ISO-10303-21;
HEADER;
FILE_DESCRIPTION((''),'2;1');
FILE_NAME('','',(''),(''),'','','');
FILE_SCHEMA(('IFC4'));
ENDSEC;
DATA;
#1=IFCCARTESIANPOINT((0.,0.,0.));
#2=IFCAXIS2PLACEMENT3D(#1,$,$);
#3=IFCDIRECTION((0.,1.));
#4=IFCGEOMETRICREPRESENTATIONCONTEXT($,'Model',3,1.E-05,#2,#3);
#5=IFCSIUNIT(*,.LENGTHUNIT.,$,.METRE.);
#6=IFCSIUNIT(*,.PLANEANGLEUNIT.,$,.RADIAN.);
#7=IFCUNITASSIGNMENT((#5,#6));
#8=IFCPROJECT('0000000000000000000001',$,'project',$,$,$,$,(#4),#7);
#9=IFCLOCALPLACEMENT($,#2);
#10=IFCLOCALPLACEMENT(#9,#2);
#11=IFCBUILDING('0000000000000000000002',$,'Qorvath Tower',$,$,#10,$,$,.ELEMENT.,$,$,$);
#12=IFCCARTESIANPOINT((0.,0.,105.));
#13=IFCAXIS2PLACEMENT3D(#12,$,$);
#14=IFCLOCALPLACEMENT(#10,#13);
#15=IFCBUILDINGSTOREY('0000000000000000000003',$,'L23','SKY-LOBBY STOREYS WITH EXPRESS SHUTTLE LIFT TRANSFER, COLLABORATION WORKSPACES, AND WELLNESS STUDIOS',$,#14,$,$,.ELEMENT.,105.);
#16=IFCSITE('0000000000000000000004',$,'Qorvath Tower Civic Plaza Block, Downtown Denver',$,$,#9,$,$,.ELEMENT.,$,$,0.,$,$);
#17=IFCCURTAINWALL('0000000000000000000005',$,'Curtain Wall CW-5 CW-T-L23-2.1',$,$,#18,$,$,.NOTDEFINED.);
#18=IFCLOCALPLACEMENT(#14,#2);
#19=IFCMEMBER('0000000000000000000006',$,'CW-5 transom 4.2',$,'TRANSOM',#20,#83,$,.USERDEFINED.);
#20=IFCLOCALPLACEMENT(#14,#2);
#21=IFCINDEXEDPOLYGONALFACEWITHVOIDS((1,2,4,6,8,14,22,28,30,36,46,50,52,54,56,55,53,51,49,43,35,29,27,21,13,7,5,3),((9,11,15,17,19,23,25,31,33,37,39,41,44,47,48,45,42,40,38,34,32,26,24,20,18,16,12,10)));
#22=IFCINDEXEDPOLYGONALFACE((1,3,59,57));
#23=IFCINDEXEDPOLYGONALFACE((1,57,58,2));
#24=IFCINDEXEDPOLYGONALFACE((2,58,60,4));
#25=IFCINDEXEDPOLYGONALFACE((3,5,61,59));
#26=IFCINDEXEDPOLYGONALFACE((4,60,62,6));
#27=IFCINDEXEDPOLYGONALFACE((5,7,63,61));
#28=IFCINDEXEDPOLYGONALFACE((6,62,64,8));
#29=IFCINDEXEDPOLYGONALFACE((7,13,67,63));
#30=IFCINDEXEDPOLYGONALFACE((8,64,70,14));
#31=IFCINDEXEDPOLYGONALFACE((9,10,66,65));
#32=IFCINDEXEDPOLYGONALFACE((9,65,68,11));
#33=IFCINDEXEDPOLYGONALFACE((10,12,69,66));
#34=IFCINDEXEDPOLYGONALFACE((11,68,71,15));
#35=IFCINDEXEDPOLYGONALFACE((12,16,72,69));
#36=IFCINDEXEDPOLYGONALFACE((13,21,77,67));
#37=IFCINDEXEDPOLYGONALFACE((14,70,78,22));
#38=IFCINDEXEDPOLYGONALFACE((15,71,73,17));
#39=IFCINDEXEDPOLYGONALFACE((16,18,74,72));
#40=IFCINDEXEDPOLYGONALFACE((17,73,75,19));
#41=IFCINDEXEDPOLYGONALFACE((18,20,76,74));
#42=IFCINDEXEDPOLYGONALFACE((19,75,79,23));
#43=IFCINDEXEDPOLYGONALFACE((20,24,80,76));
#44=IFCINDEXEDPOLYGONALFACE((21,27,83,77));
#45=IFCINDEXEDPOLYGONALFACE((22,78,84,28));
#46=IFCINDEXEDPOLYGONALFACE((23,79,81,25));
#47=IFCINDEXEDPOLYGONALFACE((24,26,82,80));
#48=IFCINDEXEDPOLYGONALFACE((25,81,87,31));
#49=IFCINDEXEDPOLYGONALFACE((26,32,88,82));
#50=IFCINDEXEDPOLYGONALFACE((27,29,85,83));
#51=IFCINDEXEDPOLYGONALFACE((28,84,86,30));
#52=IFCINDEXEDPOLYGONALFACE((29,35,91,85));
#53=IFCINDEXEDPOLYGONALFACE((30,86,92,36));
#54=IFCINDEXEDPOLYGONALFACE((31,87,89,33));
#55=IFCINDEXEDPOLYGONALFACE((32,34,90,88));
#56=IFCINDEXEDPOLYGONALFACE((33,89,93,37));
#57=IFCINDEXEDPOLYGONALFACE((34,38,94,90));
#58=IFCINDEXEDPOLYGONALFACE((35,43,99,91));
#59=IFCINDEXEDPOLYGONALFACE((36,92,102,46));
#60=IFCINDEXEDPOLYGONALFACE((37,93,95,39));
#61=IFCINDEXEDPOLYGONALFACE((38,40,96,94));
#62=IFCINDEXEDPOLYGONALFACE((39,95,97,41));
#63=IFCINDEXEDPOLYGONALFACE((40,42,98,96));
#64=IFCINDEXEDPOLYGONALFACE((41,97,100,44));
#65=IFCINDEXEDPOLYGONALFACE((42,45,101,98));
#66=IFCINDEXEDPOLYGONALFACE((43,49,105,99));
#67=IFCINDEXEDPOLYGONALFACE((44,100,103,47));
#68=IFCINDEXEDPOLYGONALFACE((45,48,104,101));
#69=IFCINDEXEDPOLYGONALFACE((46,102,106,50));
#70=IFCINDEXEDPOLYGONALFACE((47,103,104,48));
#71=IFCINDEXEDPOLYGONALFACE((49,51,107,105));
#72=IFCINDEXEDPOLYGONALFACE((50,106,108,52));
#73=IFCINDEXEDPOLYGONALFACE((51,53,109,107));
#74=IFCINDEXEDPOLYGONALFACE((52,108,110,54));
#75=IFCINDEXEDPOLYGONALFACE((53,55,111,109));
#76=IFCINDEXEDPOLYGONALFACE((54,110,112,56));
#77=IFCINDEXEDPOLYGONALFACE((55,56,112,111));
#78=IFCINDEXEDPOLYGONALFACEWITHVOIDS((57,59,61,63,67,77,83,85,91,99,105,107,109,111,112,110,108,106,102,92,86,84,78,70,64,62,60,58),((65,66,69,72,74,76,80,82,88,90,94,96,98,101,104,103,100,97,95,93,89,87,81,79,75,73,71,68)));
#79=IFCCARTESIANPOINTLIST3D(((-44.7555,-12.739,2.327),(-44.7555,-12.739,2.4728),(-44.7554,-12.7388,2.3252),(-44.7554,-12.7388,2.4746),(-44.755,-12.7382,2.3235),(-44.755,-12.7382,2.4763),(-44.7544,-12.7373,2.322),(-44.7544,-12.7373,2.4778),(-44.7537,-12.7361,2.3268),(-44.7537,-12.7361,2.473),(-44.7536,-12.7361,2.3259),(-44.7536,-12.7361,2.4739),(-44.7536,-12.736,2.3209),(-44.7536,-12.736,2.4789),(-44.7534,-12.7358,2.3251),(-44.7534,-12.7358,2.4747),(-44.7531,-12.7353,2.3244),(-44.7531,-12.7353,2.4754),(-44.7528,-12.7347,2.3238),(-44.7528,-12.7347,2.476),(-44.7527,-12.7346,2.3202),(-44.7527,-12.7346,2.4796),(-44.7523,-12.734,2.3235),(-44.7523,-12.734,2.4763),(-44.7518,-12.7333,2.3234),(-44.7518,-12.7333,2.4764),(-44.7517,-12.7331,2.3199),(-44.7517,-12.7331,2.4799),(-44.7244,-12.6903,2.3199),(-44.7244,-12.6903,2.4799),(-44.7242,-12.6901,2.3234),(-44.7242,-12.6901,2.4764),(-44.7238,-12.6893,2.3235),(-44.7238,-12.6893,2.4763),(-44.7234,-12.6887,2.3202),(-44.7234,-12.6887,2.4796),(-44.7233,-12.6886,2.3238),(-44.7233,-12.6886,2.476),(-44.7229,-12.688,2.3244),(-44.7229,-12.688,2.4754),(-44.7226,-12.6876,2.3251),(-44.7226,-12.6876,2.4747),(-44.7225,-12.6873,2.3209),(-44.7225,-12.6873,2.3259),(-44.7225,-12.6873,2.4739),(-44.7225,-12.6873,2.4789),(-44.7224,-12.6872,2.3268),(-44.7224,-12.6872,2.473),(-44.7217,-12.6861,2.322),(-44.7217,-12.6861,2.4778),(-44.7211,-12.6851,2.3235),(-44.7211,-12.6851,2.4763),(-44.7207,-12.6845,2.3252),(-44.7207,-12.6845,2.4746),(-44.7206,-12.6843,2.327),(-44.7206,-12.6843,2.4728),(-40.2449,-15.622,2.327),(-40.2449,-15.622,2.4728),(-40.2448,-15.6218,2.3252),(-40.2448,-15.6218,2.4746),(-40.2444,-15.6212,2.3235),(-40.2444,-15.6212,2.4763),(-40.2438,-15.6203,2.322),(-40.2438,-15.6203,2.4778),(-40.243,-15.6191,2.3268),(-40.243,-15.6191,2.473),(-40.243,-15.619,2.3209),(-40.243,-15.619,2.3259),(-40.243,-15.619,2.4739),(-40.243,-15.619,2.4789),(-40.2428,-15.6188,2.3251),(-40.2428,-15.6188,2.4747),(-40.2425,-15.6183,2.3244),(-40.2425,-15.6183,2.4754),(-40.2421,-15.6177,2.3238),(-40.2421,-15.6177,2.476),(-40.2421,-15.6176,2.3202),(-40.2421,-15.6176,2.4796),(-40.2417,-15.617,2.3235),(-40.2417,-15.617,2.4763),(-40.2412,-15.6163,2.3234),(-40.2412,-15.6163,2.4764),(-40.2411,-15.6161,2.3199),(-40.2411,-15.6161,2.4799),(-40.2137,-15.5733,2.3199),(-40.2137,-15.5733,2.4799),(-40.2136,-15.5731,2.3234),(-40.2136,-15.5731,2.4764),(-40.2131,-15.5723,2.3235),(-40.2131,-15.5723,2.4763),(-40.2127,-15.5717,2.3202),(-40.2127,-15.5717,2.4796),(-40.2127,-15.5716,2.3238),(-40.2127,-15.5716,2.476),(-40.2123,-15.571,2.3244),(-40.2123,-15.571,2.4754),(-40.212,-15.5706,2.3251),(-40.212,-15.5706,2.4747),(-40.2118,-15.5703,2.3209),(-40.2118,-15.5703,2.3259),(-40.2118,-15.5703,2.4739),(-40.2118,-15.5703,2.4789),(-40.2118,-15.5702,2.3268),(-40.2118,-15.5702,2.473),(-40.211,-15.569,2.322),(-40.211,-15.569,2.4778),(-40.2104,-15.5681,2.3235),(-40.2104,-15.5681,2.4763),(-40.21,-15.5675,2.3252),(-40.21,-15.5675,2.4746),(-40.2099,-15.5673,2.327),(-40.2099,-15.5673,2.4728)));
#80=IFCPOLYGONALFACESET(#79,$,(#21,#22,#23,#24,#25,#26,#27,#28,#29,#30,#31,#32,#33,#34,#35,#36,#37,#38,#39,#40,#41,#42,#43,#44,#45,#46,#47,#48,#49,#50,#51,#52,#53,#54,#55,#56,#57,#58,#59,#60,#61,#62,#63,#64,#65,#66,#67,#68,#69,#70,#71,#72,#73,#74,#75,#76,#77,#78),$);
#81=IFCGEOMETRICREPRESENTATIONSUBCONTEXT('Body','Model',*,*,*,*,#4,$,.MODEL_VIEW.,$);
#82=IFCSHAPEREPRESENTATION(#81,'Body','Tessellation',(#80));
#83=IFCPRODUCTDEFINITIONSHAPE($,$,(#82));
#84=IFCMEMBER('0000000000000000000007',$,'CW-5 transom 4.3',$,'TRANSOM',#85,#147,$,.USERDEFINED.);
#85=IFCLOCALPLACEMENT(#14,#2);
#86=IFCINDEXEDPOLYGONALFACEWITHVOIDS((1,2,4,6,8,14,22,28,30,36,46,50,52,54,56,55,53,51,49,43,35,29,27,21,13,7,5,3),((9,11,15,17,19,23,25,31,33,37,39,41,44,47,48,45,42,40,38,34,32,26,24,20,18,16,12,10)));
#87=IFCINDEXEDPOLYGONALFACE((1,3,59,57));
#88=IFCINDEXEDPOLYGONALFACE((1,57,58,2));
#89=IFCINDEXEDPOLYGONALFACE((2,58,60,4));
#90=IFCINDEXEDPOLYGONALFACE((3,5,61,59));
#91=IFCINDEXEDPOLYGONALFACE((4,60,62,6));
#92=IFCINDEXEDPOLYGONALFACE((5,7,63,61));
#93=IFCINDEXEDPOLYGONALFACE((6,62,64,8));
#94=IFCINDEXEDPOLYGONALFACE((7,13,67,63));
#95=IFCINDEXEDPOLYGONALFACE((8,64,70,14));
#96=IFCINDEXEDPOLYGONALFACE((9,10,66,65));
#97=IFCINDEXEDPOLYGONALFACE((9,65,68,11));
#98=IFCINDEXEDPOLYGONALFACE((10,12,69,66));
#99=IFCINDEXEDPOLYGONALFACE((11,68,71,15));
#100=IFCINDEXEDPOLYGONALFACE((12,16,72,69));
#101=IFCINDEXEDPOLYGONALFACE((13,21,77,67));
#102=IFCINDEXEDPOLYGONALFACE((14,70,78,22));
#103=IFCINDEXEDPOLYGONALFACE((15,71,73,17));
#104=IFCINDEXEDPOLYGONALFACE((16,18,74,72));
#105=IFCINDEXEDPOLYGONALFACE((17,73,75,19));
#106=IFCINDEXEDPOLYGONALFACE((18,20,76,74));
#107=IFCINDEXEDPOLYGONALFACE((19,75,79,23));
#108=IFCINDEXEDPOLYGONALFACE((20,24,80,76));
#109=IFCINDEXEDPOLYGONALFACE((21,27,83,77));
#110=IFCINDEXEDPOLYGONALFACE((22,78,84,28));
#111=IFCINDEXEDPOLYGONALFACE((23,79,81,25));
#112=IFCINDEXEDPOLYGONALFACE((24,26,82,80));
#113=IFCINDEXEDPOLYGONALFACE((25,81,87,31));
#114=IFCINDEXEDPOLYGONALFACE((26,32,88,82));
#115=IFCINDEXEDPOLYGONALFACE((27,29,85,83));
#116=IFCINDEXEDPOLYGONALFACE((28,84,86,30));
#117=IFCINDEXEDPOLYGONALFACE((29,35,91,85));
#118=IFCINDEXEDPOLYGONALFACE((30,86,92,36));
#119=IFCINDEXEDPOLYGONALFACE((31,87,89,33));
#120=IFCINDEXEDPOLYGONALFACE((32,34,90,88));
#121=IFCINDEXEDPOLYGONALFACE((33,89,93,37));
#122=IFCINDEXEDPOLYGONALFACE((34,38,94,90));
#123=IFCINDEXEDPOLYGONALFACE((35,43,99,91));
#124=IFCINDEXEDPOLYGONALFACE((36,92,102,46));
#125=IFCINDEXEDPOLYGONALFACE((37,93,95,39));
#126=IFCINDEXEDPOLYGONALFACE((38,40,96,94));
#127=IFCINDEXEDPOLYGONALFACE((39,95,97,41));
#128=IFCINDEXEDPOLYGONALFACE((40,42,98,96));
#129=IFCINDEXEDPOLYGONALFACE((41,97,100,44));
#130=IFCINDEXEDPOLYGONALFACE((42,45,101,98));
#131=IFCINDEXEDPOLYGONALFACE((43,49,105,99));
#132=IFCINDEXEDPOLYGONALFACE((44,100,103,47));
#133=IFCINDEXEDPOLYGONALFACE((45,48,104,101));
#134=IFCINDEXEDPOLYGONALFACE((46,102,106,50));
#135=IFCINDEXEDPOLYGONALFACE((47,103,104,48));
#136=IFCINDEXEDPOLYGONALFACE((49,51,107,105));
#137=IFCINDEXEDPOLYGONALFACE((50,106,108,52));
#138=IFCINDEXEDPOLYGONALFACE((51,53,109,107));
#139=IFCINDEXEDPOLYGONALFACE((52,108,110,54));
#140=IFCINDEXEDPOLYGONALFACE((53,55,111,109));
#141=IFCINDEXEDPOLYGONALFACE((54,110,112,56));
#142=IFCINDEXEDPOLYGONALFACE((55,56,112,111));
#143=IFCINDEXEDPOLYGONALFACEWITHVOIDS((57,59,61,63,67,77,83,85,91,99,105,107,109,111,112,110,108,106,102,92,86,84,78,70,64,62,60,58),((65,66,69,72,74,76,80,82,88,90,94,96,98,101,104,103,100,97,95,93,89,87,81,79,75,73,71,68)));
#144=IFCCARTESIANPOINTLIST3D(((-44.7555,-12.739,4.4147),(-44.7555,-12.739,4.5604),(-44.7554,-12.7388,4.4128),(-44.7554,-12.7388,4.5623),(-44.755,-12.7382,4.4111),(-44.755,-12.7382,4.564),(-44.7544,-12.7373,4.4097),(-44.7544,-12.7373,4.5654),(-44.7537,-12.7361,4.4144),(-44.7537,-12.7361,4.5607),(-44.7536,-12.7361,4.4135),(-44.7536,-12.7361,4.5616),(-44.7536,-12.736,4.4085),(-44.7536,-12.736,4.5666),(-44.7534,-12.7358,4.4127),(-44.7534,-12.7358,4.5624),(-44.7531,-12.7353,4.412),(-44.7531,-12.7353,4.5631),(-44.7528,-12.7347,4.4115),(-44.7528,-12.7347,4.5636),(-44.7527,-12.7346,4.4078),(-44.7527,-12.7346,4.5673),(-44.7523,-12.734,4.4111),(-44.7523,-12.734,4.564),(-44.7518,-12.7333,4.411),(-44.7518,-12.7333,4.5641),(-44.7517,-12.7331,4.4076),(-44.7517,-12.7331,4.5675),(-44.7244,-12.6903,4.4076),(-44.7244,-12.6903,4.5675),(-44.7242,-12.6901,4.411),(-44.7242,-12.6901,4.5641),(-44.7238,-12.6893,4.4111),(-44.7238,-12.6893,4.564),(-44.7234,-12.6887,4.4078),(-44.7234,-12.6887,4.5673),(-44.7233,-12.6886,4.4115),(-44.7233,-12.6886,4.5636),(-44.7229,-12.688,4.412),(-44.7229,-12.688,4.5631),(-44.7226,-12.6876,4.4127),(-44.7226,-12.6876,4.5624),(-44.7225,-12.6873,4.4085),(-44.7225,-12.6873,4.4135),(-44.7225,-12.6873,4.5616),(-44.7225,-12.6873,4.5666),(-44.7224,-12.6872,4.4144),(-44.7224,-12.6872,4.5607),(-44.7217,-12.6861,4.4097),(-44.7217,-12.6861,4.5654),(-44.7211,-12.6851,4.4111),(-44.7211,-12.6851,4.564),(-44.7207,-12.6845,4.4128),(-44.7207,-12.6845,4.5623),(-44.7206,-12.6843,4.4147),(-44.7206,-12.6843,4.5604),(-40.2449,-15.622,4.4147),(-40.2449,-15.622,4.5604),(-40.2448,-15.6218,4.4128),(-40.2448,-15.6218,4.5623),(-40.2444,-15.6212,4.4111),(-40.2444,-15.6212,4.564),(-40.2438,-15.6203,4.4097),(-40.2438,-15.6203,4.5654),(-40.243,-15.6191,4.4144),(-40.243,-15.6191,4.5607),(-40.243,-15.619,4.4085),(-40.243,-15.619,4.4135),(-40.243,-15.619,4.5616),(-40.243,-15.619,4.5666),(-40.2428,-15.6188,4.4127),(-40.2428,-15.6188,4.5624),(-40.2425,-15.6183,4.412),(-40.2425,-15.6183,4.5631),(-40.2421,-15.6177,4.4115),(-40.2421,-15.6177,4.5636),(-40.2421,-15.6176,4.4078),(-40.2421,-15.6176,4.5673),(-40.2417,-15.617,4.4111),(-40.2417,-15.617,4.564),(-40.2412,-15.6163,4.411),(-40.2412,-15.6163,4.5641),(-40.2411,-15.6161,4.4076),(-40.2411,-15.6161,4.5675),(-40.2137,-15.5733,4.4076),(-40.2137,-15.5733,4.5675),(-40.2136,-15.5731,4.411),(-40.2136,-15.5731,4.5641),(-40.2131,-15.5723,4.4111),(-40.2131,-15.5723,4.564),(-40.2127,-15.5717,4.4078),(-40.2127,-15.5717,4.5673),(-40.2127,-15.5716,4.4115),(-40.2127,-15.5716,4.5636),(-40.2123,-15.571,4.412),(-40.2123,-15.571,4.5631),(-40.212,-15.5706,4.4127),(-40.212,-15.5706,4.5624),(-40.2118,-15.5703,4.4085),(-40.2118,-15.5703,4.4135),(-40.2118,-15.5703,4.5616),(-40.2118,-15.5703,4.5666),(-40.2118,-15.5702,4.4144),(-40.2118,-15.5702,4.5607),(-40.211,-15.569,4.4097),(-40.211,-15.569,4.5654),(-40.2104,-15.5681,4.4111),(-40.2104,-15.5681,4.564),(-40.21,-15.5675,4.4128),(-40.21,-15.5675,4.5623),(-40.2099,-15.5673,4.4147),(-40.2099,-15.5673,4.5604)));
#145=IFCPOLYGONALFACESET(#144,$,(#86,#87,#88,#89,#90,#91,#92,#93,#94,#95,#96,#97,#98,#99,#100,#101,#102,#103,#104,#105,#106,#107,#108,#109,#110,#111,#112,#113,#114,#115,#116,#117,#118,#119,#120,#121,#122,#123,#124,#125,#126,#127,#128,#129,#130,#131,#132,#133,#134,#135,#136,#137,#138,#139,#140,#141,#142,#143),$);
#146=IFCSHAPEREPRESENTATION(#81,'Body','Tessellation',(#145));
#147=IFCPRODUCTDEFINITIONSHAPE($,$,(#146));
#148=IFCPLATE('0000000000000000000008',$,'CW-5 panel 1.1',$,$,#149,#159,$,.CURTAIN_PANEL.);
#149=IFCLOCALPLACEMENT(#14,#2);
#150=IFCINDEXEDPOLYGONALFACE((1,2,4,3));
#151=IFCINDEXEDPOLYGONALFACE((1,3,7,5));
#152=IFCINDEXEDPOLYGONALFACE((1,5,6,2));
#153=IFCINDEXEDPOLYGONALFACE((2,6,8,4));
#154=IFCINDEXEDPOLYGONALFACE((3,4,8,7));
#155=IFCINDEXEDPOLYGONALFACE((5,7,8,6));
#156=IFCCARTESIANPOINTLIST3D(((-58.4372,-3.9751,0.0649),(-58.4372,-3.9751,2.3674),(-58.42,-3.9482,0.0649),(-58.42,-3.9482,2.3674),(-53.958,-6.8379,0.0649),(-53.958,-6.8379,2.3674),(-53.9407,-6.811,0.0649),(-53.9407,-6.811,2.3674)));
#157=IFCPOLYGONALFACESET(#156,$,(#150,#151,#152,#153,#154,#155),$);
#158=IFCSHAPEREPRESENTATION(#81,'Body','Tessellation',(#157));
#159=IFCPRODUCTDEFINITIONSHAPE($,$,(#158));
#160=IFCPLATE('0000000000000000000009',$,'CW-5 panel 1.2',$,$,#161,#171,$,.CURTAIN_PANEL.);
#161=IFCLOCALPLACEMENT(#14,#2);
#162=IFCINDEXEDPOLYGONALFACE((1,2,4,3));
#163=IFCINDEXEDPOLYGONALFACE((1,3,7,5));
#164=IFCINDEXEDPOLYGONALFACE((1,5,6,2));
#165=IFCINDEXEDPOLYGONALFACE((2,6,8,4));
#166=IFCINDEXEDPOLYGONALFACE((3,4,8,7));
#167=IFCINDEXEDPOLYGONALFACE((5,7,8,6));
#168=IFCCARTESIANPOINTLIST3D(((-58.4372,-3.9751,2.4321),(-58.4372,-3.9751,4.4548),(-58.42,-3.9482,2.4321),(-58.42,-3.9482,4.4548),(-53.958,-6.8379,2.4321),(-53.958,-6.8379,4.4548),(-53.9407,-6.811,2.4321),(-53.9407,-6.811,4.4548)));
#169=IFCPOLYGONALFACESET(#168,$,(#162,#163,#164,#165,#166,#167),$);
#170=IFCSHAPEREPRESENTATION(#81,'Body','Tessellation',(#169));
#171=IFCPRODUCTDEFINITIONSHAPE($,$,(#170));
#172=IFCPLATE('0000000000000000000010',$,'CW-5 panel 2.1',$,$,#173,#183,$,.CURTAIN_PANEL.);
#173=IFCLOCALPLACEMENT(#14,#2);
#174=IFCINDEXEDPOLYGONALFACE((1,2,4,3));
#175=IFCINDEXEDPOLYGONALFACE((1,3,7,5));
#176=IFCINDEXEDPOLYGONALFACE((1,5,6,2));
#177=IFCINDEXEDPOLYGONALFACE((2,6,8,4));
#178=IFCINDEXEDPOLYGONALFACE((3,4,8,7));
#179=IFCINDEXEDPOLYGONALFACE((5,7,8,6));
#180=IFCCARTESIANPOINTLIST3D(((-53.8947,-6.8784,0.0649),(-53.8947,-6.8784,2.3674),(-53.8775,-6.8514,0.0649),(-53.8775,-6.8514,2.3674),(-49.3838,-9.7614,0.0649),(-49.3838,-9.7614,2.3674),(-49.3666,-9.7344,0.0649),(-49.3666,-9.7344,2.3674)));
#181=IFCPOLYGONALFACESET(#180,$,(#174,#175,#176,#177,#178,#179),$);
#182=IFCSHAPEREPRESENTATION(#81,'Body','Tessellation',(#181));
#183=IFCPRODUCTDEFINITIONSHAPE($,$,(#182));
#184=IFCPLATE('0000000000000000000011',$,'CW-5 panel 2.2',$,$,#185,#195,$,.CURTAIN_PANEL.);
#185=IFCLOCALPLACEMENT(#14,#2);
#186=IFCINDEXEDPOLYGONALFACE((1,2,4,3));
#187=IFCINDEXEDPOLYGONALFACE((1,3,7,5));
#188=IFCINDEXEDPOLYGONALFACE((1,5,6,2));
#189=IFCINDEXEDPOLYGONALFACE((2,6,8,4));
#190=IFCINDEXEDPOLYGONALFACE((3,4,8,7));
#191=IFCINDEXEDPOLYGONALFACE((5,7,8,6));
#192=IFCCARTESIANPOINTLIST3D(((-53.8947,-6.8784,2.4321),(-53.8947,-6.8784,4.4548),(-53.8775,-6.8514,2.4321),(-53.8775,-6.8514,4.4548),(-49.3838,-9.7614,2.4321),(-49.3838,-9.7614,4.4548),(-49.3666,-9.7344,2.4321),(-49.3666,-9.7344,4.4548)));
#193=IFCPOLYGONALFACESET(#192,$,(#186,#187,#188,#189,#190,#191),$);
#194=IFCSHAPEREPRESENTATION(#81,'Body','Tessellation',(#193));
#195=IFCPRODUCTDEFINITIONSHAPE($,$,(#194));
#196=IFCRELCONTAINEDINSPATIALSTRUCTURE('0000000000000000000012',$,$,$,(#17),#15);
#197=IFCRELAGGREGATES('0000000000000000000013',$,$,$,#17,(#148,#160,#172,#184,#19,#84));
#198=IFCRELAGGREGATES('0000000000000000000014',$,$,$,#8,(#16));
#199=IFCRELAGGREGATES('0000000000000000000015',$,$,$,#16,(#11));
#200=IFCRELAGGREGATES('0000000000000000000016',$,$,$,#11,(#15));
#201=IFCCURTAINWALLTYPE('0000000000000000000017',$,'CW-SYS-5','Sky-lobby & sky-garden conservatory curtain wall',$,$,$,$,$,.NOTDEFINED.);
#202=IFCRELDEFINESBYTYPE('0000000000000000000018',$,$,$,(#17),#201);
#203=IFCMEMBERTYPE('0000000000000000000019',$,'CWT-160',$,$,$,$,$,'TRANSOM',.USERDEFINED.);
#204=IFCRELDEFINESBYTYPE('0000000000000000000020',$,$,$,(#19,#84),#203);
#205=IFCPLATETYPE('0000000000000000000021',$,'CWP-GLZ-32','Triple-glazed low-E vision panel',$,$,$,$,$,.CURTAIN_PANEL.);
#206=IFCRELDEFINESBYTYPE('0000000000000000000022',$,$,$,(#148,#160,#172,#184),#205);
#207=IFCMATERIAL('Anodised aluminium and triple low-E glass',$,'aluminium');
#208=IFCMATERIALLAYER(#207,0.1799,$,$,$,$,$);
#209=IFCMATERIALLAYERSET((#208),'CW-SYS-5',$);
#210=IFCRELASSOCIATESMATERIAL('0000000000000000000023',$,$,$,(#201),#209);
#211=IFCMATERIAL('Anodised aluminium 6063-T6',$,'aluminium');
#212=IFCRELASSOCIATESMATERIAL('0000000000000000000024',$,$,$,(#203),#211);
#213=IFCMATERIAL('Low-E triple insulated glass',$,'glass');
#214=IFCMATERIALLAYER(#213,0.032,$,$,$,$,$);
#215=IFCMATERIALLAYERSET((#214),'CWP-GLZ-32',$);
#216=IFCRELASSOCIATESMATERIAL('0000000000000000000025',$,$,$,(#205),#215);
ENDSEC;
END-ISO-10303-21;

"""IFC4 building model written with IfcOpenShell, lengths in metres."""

from ifc_helpers import new_model, si_unit, direction, frame, origin, origin_2d, place, context, subcontext, project, spatial, rectangle, hollow_rectangle, extrude, material, layer, layer_set, material_profile, profile_set, type_object, element, aggregate, save


model = new_model("IFC4")

# Units and contexts
model_context = context("Model", 3, precision=1e-05, world=origin(), true_north=direction((0.0, 1.0)))
body_context = subcontext(model_context, "Body", "Model", "MODEL_VIEW")
ifc_project = project(units=[si_unit("LENGTHUNIT", "METRE"), si_unit("PLANEANGLEUNIT", "RADIAN")], contexts=[model_context])

# Site, building, storey
site_placement = place(None, origin())
site = spatial("IfcSite", under=ifc_project, at=site_placement, Name="Qorvath Tower Civic Plaza Block, Downtown Denver", CompositionType="ELEMENT", RefElevation=0.0)
building_placement = place(site_placement, origin())
building = spatial("IfcBuilding", under=site, at=building_placement, Name="Qorvath Tower", CompositionType="ELEMENT")
storey_placement = place(building_placement, frame((0.0, 0.0, 105.0)))
storey = spatial("IfcBuildingStorey", under=building, at=storey_placement, Name="L23", Description="SKY-LOBBY STOREYS WITH EXPRESS SHUTTLE LIFT TRANSFER, COLLABORATION WORKSPACES, AND WELLNESS STUDIOS", CompositionType="ELEMENT", Elevation=105.0)

# Curtain wall, members, plates
ifc_material_1 = material(Name="Anodised aluminium and triple low-E glass", Category="aluminium")
ifc_layer_1 = layer(ifc_material_1, 0.1799)
ifc_layer_set_1 = layer_set([ifc_layer_1], Name="CW-SYS-5")
curtain_wall_type = type_object("IfcCurtainWallType", Name="CW-SYS-5", Description="Sky-lobby & sky-garden conservatory curtain wall", PredefinedType="NOTDEFINED", material=ifc_layer_set_1)
curtain_wall_placement = place(storey_placement, origin())
curtain_wall = element("IfcCurtainWall", 1, at=curtain_wall_placement, inside=storey, type_object=curtain_wall_type, Name="Curtain Wall CW-5 CW-T-L23-2.1", PredefinedType="NOTDEFINED")
ifc_material_2 = material(Name="Anodised aluminium 6063-T6", Category="aluminium")
ifc_material_profile_1 = material_profile(ifc_material_2, hollow_rectangle(XDim=0.0649, YDim=0.1599, WallThickness=0.0034, InnerFilletRadius=0.0034, OuterFilletRadius=0.0071, at=origin_2d()), Name="CWT 160x65")
ifc_profile_set_1 = profile_set([ifc_material_profile_1], Name="Anodised aluminium 6063-T6")
member_type_1 = type_object("IfcMemberType", Name="CWT-160", ElementType="TRANSOM", PredefinedType="USERDEFINED", material=ifc_profile_set_1)
member_1_placement = place(storey_placement, frame((-44.738, -12.7117, 2.3999), z_axis=(0.842595, -0.538548, 0.0), x_axis=(0.538548, 0.842595, 0.0)))
member_1 = element("IfcMember", 2, at=member_1_placement, type_object=member_type_1, Name="CW-5 transom 4.2", ObjectType="TRANSOM", PredefinedType="USERDEFINED", context=body_context, shape_type="SweptSolid", body=[
    extrude(hollow_rectangle(XDim=0.0649, YDim=0.1599, WallThickness=0.0034, InnerFilletRadius=0.0034, OuterFilletRadius=0.0071, at=origin_2d()), origin(), (0.0, 0.0, 1.0), 5.3533),
])
member_2_placement = place(storey_placement, frame((-44.738, -12.7117, 4.4875), z_axis=(0.842595, -0.538548, 0.0), x_axis=(0.538548, 0.842595, 0.0)))
member_2 = element("IfcMember", 3, at=member_2_placement, type_object=member_type_1, Name="CW-5 transom 4.3", ObjectType="TRANSOM", PredefinedType="USERDEFINED", context=body_context, shape_type="SweptSolid", body=[
    extrude(hollow_rectangle(XDim=0.0649, YDim=0.1599, WallThickness=0.0034, InnerFilletRadius=0.0034, OuterFilletRadius=0.0071, at=origin_2d()), origin(), (0.0, 0.0, 1.0), 5.3533),
])
ifc_material_3 = material(Name="Low-E triple insulated glass", Category="glass")
ifc_layer_2 = layer(ifc_material_3, 0.032)
ifc_layer_set_2 = layer_set([ifc_layer_2], Name="CWP-GLZ-32")
plate_type = type_object("IfcPlateType", Name="CWP-GLZ-32", Description="Triple-glazed low-E vision panel", PredefinedType="CURTAIN_PANEL", material=ifc_layer_set_2)
plate_1_placement = place(storey_placement, frame((-56.189, -5.3931, 0.0649), z_axis=(0.0, 0.0, 1.0), x_axis=(0.842605, -0.538532, 0.0)))
plate_1 = element("IfcPlate", 4, at=plate_1_placement, type_object=plate_type, Name="CW-5 panel 1.1", PredefinedType="CURTAIN_PANEL", context=body_context, shape_type="SweptSolid", body=[
    extrude(rectangle(XDim=5.3159, YDim=0.032, at=origin_2d()), origin(), (0.0, 0.0, 1.0), 2.3025),
])
plate_2_placement = place(storey_placement, frame((-56.189, -5.3931, 2.4321), z_axis=(0.0, 0.0, 1.0), x_axis=(0.842605, -0.538532, 0.0)))
plate_2 = element("IfcPlate", 5, at=plate_2_placement, type_object=plate_type, Name="CW-5 panel 1.2", PredefinedType="CURTAIN_PANEL", context=body_context, shape_type="SweptSolid", body=[
    extrude(rectangle(XDim=5.3159, YDim=0.032, at=origin_2d()), origin(), (0.0, 0.0, 1.0), 2.0227),
])
plate_3_placement = place(storey_placement, frame((-51.6306, -8.3064, 0.0649), z_axis=(0.0, 0.0, 1.0), x_axis=(0.842605, -0.538532, 0.0)))
plate_3 = element("IfcPlate", 6, at=plate_3_placement, type_object=plate_type, Name="CW-5 panel 2.1", PredefinedType="CURTAIN_PANEL", context=body_context, shape_type="SweptSolid", body=[
    extrude(rectangle(XDim=5.3535, YDim=0.032, at=origin_2d()), origin(), (0.0, 0.0, 1.0), 2.3025),
])
plate_4_placement = place(storey_placement, frame((-51.6306, -8.3064, 2.4321), z_axis=(0.0, 0.0, 1.0), x_axis=(0.842605, -0.538532, 0.0)))
plate_4 = element("IfcPlate", 7, at=plate_4_placement, type_object=plate_type, Name="CW-5 panel 2.2", PredefinedType="CURTAIN_PANEL", context=body_context, shape_type="SweptSolid", body=[
    extrude(rectangle(XDim=5.3535, YDim=0.032, at=origin_2d()), origin(), (0.0, 0.0, 1.0), 2.0227),
])
aggregate(curtain_wall, [plate_1, plate_2, plate_3, plate_4, member_1, member_2])

save(model, "model.ifc")
